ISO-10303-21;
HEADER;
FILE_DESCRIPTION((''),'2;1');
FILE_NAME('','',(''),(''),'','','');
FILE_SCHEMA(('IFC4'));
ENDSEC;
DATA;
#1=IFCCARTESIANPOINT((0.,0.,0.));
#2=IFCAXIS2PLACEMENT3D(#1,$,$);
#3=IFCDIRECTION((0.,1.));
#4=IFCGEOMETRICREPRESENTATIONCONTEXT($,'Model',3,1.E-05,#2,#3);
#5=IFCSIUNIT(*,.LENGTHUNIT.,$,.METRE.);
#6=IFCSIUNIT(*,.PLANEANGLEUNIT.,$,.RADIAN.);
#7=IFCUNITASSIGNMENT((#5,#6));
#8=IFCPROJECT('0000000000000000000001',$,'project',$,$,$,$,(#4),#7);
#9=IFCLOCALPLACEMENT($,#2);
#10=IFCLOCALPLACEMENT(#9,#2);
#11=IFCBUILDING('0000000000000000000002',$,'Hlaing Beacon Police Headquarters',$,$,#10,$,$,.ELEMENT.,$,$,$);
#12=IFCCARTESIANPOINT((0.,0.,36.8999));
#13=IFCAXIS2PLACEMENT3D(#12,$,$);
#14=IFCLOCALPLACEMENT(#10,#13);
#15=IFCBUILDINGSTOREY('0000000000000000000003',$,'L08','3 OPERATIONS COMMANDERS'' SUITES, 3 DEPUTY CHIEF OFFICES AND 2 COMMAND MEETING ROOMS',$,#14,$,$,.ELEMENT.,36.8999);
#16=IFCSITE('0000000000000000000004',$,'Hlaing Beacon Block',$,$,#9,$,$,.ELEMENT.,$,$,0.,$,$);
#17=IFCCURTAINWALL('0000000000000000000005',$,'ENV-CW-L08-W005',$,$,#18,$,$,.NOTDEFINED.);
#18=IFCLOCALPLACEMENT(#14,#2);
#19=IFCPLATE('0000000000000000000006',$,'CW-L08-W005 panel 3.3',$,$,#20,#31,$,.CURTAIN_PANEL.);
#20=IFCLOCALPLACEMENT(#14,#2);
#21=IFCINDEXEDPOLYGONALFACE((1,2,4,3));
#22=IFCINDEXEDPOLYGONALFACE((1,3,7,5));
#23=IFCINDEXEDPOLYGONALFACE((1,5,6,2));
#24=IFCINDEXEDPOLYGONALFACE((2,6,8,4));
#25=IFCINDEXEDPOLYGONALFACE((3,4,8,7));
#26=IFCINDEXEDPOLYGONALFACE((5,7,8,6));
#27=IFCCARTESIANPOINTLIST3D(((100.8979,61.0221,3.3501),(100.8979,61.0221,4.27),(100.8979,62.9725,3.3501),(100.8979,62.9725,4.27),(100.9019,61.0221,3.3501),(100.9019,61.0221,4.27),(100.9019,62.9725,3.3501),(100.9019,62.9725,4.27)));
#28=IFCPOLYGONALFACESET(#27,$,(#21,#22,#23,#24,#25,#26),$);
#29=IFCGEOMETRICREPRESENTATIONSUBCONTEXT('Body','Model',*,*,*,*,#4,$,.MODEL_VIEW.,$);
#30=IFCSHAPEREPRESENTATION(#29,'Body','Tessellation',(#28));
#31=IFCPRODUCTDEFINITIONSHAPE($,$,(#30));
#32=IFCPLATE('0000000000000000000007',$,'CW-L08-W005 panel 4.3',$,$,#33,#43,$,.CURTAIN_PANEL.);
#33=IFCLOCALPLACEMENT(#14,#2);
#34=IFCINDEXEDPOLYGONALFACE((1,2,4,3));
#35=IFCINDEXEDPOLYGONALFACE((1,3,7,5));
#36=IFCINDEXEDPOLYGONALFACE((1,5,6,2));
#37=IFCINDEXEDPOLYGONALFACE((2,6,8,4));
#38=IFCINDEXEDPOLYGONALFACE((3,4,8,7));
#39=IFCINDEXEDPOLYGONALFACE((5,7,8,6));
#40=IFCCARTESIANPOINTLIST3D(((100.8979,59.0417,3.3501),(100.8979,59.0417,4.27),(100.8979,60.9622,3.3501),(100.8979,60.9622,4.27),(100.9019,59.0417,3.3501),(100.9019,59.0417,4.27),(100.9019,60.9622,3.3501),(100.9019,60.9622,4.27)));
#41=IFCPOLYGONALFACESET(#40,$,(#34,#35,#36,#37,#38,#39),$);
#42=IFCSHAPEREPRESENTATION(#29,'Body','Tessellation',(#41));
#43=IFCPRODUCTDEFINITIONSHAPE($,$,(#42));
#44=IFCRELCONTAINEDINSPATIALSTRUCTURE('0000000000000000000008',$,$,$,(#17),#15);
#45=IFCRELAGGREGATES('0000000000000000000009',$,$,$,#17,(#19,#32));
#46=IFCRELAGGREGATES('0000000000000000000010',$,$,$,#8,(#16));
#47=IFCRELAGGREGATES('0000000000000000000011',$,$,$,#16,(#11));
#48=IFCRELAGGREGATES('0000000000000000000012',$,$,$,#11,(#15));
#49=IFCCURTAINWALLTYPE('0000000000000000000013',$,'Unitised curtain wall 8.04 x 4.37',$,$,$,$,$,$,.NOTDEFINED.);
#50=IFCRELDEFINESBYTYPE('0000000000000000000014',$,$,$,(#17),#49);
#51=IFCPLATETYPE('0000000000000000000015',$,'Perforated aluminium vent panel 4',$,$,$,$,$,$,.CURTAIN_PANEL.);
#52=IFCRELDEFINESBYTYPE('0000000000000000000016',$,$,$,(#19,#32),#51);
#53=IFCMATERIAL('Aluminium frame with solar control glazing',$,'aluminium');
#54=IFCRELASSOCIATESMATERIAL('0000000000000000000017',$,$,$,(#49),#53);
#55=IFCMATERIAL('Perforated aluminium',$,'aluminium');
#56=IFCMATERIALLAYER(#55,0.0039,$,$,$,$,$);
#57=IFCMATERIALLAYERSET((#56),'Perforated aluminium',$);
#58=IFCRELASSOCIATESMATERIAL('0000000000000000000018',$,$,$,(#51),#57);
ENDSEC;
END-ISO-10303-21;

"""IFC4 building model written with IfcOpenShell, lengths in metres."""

from ifc_helpers import new_model, si_unit, direction, frame, origin, origin_2d, place, context, subcontext, project, spatial, rectangle, extrude, material, layer, layer_set, type_object, element, aggregate, save


model = new_model("IFC4")

# Units and contexts
model_context = context("Model", 3, precision=1e-05, world=origin(), true_north=direction((0.0, 1.0)))
body_context = subcontext(model_context, "Body", "Model", "MODEL_VIEW")
ifc_project = project(units=[si_unit("LENGTHUNIT", "METRE"), si_unit("PLANEANGLEUNIT", "RADIAN")], contexts=[model_context])

# Site, building, storey
site_placement = place(None, origin())
site = spatial("IfcSite", under=ifc_project, at=site_placement, Name="Hlaing Beacon Block", CompositionType="ELEMENT", RefElevation=0.0)
building_placement = place(site_placement, origin())
building = spatial("IfcBuilding", under=site, at=building_placement, Name="Hlaing Beacon Police Headquarters", CompositionType="ELEMENT")
storey_placement = place(building_placement, frame((0.0, 0.0, 36.8999)))
storey = spatial("IfcBuildingStorey", under=building, at=storey_placement, Name="L08", Description="3 OPERATIONS COMMANDERS' SUITES, 3 DEPUTY CHIEF OFFICES AND 2 COMMAND MEETING ROOMS", CompositionType="ELEMENT", Elevation=36.8999)

# Curtain wall, plates
ifc_material_1 = material(Name="Aluminium frame with solar control glazing", Category="aluminium")
curtain_wall_type = type_object("IfcCurtainWallType", Name="Unitised curtain wall 8.04 x 4.37", PredefinedType="NOTDEFINED", material=ifc_material_1)
curtain_wall_placement = place(storey_placement, origin())
curtain_wall = element("IfcCurtainWall", 1, at=curtain_wall_placement, inside=storey, type_object=curtain_wall_type, Name="ENV-CW-L08-W005", PredefinedType="NOTDEFINED")
ifc_material_2 = material(Name="Perforated aluminium", Category="aluminium")
ifc_layer_1 = layer(ifc_material_2, 0.0039)
ifc_layer_set_1 = layer_set([ifc_layer_1], Name="Perforated aluminium")
plate_type_1 = type_object("IfcPlateType", Name="Perforated aluminium vent panel 4", PredefinedType="CURTAIN_PANEL", material=ifc_layer_set_1)
plate_1_placement = place(storey_placement, frame((100.8999, 61.9973, 3.3501), z_axis=(0.0, 0.0, 1.0), x_axis=(0.0, -1.0, 0.0)))
plate_1 = element("IfcPlate", 2, at=plate_1_placement, type_object=plate_type_1, Name="CW-L08-W005 panel 3.3", PredefinedType="CURTAIN_PANEL", context=body_context, shape_type="SweptSolid", body=[
    extrude(rectangle(XDim=1.9504, YDim=0.0039, at=origin_2d()), origin(), (0.0, 0.0, 1.0), 0.9199),
])
plate_2_placement = place(storey_placement, frame((100.8999, 60.002, 3.3501), z_axis=(0.0, 0.0, 1.0), x_axis=(0.0, -1.0, 0.0)))
plate_2 = element("IfcPlate", 3, at=plate_2_placement, type_object=plate_type_1, Name="CW-L08-W005 panel 4.3", PredefinedType="CURTAIN_PANEL", context=body_context, shape_type="SweptSolid", body=[
    extrude(rectangle(XDim=1.9204, YDim=0.0039, at=origin_2d()), origin(), (0.0, 0.0, 1.0), 0.9199),
])
aggregate(curtain_wall, [plate_1, plate_2])

save(model, "model.ifc")
